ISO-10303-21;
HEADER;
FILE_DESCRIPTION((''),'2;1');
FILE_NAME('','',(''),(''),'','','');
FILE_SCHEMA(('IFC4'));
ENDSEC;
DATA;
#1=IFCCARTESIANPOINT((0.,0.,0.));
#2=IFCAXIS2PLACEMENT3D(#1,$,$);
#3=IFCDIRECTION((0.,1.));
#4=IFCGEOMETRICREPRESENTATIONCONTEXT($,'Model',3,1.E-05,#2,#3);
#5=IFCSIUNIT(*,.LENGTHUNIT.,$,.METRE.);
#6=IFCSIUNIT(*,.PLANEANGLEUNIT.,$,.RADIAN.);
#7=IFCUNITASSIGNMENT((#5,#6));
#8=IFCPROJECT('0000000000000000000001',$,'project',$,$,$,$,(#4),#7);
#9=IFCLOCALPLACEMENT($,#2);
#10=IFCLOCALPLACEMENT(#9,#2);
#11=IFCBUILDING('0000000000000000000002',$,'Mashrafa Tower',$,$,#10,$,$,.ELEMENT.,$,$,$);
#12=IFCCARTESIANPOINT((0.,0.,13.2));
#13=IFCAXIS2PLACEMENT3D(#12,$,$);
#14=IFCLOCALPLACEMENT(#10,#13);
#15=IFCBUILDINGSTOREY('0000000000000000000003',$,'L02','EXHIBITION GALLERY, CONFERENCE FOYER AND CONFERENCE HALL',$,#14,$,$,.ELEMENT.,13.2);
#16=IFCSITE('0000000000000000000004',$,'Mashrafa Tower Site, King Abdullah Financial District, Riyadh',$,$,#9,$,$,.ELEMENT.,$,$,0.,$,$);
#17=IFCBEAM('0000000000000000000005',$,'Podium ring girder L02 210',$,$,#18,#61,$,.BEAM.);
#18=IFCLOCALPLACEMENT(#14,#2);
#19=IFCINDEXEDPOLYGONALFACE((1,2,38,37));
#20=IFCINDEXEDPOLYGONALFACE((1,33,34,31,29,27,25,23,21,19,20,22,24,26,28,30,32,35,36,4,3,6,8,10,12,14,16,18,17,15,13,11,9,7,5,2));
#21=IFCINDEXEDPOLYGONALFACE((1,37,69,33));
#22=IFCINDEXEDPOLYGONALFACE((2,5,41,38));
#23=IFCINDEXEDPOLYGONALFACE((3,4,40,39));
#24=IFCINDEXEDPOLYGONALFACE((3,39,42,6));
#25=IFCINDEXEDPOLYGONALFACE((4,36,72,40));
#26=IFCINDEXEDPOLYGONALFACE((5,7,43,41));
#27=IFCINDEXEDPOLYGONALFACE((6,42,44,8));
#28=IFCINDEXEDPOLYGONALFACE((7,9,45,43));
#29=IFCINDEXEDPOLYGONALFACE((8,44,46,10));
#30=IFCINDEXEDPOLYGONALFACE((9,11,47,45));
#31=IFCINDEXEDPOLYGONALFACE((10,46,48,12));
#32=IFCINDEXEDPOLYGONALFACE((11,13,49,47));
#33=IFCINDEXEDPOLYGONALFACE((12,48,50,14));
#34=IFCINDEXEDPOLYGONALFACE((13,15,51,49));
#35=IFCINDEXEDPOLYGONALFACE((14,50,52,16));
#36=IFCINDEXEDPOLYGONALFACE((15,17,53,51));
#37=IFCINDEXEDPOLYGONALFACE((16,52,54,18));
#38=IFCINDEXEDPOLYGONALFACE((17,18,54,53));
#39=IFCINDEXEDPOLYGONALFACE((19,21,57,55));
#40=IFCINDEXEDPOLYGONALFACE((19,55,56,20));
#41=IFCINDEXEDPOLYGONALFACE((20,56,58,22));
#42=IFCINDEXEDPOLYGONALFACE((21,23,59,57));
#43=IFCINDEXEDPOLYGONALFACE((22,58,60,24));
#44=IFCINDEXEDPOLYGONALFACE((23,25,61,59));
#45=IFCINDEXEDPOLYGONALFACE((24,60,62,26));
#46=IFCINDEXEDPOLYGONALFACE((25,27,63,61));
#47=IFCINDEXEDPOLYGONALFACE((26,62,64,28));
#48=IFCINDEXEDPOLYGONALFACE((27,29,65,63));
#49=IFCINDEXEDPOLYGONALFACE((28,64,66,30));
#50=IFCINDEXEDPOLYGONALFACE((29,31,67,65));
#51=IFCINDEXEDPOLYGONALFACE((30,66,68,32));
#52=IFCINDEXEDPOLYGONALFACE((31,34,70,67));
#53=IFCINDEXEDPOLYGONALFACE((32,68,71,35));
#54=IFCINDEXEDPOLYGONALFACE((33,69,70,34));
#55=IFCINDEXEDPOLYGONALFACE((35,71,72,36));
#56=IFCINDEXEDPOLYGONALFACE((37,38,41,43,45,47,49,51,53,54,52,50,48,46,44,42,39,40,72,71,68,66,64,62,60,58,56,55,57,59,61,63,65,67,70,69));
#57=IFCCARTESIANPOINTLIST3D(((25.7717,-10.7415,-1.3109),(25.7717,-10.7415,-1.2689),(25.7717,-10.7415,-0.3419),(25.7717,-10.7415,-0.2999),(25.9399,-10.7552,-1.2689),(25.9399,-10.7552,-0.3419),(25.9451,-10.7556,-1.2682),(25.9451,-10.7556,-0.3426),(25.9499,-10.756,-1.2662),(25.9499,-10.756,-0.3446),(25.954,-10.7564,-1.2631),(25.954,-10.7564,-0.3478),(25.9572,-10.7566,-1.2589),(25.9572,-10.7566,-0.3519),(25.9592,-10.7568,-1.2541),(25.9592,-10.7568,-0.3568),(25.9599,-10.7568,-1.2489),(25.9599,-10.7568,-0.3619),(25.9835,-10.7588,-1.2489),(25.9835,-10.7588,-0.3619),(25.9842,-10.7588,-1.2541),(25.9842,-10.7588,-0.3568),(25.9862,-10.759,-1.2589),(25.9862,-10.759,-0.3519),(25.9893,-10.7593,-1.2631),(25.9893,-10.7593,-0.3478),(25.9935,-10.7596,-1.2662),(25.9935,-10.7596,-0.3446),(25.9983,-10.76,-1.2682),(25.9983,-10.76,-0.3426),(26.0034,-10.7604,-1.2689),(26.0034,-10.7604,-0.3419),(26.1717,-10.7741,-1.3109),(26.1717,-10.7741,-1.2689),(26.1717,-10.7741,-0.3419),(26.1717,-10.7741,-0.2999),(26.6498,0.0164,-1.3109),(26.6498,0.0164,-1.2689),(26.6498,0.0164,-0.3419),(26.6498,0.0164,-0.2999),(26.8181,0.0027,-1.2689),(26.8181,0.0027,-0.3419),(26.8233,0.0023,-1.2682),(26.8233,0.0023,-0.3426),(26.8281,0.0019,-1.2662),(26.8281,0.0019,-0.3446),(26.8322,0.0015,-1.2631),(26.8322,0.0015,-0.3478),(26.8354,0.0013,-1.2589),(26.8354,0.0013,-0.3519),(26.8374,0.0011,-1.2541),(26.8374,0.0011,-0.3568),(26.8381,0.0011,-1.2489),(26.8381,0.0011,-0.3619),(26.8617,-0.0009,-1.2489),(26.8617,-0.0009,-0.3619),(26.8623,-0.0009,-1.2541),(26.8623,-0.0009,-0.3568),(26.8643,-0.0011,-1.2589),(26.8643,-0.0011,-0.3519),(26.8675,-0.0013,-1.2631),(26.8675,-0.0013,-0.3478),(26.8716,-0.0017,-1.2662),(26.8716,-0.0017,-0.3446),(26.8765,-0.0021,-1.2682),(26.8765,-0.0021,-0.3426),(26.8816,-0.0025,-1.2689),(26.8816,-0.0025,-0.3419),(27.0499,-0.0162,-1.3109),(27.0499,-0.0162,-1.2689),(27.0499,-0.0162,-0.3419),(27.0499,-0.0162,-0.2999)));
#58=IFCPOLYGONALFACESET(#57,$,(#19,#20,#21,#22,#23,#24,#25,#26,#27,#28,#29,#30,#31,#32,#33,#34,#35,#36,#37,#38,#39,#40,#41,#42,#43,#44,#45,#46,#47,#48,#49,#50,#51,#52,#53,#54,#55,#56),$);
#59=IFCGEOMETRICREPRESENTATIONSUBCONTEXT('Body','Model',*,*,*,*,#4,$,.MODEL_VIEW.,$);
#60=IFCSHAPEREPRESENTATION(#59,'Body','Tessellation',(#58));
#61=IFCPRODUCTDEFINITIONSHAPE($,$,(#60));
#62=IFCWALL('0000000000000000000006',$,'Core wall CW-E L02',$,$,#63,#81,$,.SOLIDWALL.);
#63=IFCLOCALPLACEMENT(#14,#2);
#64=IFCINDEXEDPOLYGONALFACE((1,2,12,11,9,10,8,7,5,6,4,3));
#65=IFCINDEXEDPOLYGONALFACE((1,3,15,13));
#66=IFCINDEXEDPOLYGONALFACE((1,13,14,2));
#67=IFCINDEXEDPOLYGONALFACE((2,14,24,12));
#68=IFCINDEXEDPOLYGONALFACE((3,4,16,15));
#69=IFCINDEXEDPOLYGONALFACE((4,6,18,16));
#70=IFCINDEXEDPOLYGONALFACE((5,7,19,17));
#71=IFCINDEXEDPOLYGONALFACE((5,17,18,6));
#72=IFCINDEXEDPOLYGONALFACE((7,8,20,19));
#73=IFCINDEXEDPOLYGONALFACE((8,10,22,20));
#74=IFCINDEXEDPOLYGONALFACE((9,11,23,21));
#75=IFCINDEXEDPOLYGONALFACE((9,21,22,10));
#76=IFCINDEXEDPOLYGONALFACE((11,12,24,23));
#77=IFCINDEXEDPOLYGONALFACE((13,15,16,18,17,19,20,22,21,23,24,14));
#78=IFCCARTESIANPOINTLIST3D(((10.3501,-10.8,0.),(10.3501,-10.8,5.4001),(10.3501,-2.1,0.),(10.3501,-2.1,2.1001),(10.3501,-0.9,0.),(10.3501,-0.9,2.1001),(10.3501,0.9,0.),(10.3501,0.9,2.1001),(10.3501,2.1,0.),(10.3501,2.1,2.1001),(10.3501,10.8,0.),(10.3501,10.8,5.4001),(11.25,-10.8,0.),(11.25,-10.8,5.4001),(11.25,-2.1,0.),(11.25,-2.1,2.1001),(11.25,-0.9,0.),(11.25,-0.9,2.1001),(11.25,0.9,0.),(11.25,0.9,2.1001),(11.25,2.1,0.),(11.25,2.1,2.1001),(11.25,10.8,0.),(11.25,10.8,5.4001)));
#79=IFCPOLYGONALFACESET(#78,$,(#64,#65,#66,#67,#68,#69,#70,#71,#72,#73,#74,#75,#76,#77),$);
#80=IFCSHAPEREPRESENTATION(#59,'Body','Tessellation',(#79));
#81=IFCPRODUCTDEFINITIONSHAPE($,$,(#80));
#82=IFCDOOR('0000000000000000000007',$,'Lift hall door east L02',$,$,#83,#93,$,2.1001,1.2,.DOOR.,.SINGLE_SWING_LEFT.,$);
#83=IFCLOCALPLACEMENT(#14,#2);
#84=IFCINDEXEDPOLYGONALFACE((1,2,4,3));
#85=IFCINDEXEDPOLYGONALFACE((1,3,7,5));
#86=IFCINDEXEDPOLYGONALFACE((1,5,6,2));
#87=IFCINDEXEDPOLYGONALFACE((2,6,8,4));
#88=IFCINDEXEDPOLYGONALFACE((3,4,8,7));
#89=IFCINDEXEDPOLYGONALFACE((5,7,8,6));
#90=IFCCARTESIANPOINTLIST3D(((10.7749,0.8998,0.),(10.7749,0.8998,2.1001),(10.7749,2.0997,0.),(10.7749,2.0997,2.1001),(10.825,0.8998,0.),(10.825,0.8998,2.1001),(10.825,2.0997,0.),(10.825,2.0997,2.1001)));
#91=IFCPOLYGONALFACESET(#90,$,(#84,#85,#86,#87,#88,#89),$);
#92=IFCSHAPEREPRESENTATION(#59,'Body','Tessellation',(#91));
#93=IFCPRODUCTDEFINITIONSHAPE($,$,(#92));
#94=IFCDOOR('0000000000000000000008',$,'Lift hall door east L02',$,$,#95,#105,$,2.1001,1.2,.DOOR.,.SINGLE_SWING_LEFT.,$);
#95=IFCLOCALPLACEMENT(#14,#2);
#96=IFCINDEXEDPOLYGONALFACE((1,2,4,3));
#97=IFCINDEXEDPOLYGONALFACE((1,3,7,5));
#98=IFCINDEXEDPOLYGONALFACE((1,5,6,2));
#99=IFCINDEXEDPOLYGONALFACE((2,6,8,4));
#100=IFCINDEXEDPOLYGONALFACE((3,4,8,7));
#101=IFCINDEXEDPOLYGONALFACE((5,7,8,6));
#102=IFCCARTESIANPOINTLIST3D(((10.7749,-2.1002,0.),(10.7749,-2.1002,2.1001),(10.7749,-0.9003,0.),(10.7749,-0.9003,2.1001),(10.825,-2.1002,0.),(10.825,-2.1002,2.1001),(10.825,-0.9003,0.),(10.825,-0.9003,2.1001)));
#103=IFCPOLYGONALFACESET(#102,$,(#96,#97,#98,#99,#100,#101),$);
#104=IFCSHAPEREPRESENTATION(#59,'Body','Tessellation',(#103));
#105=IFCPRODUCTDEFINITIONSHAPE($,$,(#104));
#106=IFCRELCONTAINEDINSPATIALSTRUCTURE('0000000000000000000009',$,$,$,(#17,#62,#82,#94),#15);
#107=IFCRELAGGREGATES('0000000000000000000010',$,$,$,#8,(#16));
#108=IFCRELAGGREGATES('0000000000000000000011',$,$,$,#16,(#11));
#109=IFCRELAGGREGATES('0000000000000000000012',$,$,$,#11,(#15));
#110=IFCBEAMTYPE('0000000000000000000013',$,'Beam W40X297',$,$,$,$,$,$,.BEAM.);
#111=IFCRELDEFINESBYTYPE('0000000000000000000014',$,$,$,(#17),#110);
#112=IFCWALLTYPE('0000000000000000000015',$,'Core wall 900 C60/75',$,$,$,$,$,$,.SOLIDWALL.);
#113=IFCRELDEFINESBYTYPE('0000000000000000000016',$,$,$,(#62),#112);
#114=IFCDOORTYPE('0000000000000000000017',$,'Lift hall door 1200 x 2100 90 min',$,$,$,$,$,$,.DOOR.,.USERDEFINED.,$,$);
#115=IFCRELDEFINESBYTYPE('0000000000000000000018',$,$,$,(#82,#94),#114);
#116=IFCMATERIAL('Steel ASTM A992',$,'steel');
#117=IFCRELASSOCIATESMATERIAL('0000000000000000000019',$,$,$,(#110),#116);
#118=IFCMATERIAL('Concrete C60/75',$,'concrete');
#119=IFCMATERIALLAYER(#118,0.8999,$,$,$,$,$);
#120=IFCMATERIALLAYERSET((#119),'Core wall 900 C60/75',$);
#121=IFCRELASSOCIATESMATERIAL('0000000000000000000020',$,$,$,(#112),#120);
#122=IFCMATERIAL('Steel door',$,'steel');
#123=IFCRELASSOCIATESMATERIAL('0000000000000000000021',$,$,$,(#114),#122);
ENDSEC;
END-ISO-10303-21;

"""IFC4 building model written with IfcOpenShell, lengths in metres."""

from ifc_helpers import new_model, si_unit, direction, frame, frame_2d, origin, origin_2d, place, context, subcontext, project, spatial, rectangle, i_section, extrude, material, layer, layer_set, material_profile, profile_set, type_object, element, fill, save


model = new_model("IFC4")

# Units and contexts
model_context = context("Model", 3, precision=1e-05, world=origin(), true_north=direction((0.0, 1.0)))
body_context = subcontext(model_context, "Body", "Model", "MODEL_VIEW")
ifc_project = project(units=[si_unit("LENGTHUNIT", "METRE"), si_unit("PLANEANGLEUNIT", "RADIAN")], contexts=[model_context])

# Site, building, storey
site_placement = place(None, origin())
site = spatial("IfcSite", under=ifc_project, at=site_placement, Name="Mashrafa Tower Site, King Abdullah Financial District, Riyadh", CompositionType="ELEMENT", RefElevation=0.0)
building_placement = place(site_placement, origin())
building = spatial("IfcBuilding", under=site, at=building_placement, Name="Mashrafa Tower", CompositionType="ELEMENT")
storey_placement = place(building_placement, frame((0.0, 0.0, 13.2)))
storey = spatial("IfcBuildingStorey", under=building, at=storey_placement, Name="L02", Description="EXHIBITION GALLERY, CONFERENCE FOYER AND CONFERENCE HALL", CompositionType="ELEMENT", Elevation=13.2)

# Beam
ifc_material_1 = material(Name="Steel ASTM A992", Category="steel")
ifc_material_profile_1 = material_profile(ifc_material_1, i_section(OverallWidth=0.4014, OverallDepth=1.011, WebThickness=0.0237, FlangeThickness=0.042, FilletRadius=0.02, at=origin_2d()), Name="W40X297")
ifc_profile_set_1 = profile_set([ifc_material_profile_1], Name="Steel ASTM A992")
beam_type_1 = type_object("IfcBeamType", Name="Beam W40X297", PredefinedType="BEAM", material=ifc_profile_set_1)
beam_1_placement = place(storey_placement, frame((25.9717, -10.7578, -0.8054), z_axis=(0.081361, 0.996685, 0.0), x_axis=(-0.996685, 0.081361, 0.0)))
element("IfcBeam", 1, at=beam_1_placement, inside=storey, type_object=beam_type_1, Name="Podium ring girder L02 210", PredefinedType="BEAM", context=body_context, shape_type="SweptSolid", body=[
    extrude(i_section(OverallWidth=0.4014, OverallDepth=1.011, WebThickness=0.0237, FlangeThickness=0.042, FilletRadius=0.02, at=origin_2d()), origin(), (0.0, 0.0, 1.0), 10.7937),
])

# Wall, openings, doors
ifc_material_2 = material(Name="Concrete C60/75", Category="concrete")
ifc_layer = layer(ifc_material_2, 0.8999)
ifc_layer_set = layer_set([ifc_layer], Name="Core wall 900 C60/75")
wall_type = type_object("IfcWallType", Name="Core wall 900 C60/75", PredefinedType="SOLIDWALL", material=ifc_layer_set)
wall_placement = place(storey_placement, frame((10.8, -10.8, 0.0), z_axis=(0.0, 0.0, 1.0), x_axis=(0.0, 1.0, 0.0)))
wall = element("IfcWall", 2, at=wall_placement, inside=storey, type_object=wall_type, Name="Core wall CW-E L02", PredefinedType="SOLIDWALL", context=body_context, shape_type="SweptSolid", body=[
    extrude(rectangle(XDim=21.6001, YDim=0.8999, at=frame_2d((10.8, 0.0))), origin(), (0.0, 0.0, 1.0), 5.4001),
])
opening_1_placement = place(wall_placement, frame((11.7, 0.0, 0.0)))
opening_1 = element("IfcOpeningElement", 3, at=opening_1_placement, cuts=wall, PredefinedType="OPENING", context=body_context, shape_type="SweptSolid", body=[
    extrude(rectangle(XDim=1.2, YDim=2.1001, at=frame_2d((0.6001, 1.05))), frame((0.0, 0.46, 0.0), z_axis=(0.0, -1.0, 0.0), x_axis=(1.0, 0.0, 0.0)), (0.0, 0.0, 1.0), 0.9199),
])
opening_2_placement = place(wall_placement, frame((8.7, 0.0, 0.0)))
opening_2 = element("IfcOpeningElement", 4, at=opening_2_placement, cuts=wall, PredefinedType="OPENING", context=body_context, shape_type="SweptSolid", body=[
    extrude(rectangle(XDim=1.2, YDim=2.1001, at=frame_2d((0.6001, 1.05))), frame((0.0, 0.46, 0.0), z_axis=(0.0, -1.0, 0.0), x_axis=(1.0, 0.0, 0.0)), (0.0, 0.0, 1.0), 0.9199),
])
ifc_material_3 = material(Name="Steel door", Category="steel")
door_type = type_object("IfcDoorType", Name="Lift hall door 1200 x 2100 90 min", OperationType="USERDEFINED", PredefinedType="DOOR", material=ifc_material_3)
door_1_placement = place(opening_1_placement, frame((1.2, 0.0, 0.0), z_axis=(0.0, 0.0, 1.0), x_axis=(-1.0, 0.0, 0.0)))
door_1 = element("IfcDoor", 5, at=door_1_placement, inside=storey, type_object=door_type, Name="Lift hall door east L02", OperationType="SINGLE_SWING_LEFT", OverallHeight=2.1001, OverallWidth=1.2, PredefinedType="DOOR", context=body_context, shape_type="SweptSolid", body=[
    extrude(rectangle(XDim=1.2, YDim=2.1001, at=frame_2d((0.6001, 1.05))), frame((0.0, 0.0249, 0.0), z_axis=(0.0, -1.0, 0.0), x_axis=(1.0, 0.0, 0.0)), (0.0, 0.0, 1.0), 0.05),
])
fill(opening_1, door_1)
door_2_placement = place(opening_2_placement, frame((1.2, 0.0, 0.0), z_axis=(0.0, 0.0, 1.0), x_axis=(-1.0, 0.0, 0.0)))
door_2 = element("IfcDoor", 6, at=door_2_placement, inside=storey, type_object=door_type, Name="Lift hall door east L02", OperationType="SINGLE_SWING_LEFT", OverallHeight=2.1001, OverallWidth=1.2, PredefinedType="DOOR", context=body_context, shape_type="SweptSolid", body=[
    extrude(rectangle(XDim=1.2, YDim=2.1001, at=frame_2d((0.6001, 1.05))), frame((0.0, 0.0249, 0.0), z_axis=(0.0, -1.0, 0.0), x_axis=(1.0, 0.0, 0.0)), (0.0, 0.0, 1.0), 0.05),
])
fill(opening_2, door_2)

save(model, "model.ifc")
